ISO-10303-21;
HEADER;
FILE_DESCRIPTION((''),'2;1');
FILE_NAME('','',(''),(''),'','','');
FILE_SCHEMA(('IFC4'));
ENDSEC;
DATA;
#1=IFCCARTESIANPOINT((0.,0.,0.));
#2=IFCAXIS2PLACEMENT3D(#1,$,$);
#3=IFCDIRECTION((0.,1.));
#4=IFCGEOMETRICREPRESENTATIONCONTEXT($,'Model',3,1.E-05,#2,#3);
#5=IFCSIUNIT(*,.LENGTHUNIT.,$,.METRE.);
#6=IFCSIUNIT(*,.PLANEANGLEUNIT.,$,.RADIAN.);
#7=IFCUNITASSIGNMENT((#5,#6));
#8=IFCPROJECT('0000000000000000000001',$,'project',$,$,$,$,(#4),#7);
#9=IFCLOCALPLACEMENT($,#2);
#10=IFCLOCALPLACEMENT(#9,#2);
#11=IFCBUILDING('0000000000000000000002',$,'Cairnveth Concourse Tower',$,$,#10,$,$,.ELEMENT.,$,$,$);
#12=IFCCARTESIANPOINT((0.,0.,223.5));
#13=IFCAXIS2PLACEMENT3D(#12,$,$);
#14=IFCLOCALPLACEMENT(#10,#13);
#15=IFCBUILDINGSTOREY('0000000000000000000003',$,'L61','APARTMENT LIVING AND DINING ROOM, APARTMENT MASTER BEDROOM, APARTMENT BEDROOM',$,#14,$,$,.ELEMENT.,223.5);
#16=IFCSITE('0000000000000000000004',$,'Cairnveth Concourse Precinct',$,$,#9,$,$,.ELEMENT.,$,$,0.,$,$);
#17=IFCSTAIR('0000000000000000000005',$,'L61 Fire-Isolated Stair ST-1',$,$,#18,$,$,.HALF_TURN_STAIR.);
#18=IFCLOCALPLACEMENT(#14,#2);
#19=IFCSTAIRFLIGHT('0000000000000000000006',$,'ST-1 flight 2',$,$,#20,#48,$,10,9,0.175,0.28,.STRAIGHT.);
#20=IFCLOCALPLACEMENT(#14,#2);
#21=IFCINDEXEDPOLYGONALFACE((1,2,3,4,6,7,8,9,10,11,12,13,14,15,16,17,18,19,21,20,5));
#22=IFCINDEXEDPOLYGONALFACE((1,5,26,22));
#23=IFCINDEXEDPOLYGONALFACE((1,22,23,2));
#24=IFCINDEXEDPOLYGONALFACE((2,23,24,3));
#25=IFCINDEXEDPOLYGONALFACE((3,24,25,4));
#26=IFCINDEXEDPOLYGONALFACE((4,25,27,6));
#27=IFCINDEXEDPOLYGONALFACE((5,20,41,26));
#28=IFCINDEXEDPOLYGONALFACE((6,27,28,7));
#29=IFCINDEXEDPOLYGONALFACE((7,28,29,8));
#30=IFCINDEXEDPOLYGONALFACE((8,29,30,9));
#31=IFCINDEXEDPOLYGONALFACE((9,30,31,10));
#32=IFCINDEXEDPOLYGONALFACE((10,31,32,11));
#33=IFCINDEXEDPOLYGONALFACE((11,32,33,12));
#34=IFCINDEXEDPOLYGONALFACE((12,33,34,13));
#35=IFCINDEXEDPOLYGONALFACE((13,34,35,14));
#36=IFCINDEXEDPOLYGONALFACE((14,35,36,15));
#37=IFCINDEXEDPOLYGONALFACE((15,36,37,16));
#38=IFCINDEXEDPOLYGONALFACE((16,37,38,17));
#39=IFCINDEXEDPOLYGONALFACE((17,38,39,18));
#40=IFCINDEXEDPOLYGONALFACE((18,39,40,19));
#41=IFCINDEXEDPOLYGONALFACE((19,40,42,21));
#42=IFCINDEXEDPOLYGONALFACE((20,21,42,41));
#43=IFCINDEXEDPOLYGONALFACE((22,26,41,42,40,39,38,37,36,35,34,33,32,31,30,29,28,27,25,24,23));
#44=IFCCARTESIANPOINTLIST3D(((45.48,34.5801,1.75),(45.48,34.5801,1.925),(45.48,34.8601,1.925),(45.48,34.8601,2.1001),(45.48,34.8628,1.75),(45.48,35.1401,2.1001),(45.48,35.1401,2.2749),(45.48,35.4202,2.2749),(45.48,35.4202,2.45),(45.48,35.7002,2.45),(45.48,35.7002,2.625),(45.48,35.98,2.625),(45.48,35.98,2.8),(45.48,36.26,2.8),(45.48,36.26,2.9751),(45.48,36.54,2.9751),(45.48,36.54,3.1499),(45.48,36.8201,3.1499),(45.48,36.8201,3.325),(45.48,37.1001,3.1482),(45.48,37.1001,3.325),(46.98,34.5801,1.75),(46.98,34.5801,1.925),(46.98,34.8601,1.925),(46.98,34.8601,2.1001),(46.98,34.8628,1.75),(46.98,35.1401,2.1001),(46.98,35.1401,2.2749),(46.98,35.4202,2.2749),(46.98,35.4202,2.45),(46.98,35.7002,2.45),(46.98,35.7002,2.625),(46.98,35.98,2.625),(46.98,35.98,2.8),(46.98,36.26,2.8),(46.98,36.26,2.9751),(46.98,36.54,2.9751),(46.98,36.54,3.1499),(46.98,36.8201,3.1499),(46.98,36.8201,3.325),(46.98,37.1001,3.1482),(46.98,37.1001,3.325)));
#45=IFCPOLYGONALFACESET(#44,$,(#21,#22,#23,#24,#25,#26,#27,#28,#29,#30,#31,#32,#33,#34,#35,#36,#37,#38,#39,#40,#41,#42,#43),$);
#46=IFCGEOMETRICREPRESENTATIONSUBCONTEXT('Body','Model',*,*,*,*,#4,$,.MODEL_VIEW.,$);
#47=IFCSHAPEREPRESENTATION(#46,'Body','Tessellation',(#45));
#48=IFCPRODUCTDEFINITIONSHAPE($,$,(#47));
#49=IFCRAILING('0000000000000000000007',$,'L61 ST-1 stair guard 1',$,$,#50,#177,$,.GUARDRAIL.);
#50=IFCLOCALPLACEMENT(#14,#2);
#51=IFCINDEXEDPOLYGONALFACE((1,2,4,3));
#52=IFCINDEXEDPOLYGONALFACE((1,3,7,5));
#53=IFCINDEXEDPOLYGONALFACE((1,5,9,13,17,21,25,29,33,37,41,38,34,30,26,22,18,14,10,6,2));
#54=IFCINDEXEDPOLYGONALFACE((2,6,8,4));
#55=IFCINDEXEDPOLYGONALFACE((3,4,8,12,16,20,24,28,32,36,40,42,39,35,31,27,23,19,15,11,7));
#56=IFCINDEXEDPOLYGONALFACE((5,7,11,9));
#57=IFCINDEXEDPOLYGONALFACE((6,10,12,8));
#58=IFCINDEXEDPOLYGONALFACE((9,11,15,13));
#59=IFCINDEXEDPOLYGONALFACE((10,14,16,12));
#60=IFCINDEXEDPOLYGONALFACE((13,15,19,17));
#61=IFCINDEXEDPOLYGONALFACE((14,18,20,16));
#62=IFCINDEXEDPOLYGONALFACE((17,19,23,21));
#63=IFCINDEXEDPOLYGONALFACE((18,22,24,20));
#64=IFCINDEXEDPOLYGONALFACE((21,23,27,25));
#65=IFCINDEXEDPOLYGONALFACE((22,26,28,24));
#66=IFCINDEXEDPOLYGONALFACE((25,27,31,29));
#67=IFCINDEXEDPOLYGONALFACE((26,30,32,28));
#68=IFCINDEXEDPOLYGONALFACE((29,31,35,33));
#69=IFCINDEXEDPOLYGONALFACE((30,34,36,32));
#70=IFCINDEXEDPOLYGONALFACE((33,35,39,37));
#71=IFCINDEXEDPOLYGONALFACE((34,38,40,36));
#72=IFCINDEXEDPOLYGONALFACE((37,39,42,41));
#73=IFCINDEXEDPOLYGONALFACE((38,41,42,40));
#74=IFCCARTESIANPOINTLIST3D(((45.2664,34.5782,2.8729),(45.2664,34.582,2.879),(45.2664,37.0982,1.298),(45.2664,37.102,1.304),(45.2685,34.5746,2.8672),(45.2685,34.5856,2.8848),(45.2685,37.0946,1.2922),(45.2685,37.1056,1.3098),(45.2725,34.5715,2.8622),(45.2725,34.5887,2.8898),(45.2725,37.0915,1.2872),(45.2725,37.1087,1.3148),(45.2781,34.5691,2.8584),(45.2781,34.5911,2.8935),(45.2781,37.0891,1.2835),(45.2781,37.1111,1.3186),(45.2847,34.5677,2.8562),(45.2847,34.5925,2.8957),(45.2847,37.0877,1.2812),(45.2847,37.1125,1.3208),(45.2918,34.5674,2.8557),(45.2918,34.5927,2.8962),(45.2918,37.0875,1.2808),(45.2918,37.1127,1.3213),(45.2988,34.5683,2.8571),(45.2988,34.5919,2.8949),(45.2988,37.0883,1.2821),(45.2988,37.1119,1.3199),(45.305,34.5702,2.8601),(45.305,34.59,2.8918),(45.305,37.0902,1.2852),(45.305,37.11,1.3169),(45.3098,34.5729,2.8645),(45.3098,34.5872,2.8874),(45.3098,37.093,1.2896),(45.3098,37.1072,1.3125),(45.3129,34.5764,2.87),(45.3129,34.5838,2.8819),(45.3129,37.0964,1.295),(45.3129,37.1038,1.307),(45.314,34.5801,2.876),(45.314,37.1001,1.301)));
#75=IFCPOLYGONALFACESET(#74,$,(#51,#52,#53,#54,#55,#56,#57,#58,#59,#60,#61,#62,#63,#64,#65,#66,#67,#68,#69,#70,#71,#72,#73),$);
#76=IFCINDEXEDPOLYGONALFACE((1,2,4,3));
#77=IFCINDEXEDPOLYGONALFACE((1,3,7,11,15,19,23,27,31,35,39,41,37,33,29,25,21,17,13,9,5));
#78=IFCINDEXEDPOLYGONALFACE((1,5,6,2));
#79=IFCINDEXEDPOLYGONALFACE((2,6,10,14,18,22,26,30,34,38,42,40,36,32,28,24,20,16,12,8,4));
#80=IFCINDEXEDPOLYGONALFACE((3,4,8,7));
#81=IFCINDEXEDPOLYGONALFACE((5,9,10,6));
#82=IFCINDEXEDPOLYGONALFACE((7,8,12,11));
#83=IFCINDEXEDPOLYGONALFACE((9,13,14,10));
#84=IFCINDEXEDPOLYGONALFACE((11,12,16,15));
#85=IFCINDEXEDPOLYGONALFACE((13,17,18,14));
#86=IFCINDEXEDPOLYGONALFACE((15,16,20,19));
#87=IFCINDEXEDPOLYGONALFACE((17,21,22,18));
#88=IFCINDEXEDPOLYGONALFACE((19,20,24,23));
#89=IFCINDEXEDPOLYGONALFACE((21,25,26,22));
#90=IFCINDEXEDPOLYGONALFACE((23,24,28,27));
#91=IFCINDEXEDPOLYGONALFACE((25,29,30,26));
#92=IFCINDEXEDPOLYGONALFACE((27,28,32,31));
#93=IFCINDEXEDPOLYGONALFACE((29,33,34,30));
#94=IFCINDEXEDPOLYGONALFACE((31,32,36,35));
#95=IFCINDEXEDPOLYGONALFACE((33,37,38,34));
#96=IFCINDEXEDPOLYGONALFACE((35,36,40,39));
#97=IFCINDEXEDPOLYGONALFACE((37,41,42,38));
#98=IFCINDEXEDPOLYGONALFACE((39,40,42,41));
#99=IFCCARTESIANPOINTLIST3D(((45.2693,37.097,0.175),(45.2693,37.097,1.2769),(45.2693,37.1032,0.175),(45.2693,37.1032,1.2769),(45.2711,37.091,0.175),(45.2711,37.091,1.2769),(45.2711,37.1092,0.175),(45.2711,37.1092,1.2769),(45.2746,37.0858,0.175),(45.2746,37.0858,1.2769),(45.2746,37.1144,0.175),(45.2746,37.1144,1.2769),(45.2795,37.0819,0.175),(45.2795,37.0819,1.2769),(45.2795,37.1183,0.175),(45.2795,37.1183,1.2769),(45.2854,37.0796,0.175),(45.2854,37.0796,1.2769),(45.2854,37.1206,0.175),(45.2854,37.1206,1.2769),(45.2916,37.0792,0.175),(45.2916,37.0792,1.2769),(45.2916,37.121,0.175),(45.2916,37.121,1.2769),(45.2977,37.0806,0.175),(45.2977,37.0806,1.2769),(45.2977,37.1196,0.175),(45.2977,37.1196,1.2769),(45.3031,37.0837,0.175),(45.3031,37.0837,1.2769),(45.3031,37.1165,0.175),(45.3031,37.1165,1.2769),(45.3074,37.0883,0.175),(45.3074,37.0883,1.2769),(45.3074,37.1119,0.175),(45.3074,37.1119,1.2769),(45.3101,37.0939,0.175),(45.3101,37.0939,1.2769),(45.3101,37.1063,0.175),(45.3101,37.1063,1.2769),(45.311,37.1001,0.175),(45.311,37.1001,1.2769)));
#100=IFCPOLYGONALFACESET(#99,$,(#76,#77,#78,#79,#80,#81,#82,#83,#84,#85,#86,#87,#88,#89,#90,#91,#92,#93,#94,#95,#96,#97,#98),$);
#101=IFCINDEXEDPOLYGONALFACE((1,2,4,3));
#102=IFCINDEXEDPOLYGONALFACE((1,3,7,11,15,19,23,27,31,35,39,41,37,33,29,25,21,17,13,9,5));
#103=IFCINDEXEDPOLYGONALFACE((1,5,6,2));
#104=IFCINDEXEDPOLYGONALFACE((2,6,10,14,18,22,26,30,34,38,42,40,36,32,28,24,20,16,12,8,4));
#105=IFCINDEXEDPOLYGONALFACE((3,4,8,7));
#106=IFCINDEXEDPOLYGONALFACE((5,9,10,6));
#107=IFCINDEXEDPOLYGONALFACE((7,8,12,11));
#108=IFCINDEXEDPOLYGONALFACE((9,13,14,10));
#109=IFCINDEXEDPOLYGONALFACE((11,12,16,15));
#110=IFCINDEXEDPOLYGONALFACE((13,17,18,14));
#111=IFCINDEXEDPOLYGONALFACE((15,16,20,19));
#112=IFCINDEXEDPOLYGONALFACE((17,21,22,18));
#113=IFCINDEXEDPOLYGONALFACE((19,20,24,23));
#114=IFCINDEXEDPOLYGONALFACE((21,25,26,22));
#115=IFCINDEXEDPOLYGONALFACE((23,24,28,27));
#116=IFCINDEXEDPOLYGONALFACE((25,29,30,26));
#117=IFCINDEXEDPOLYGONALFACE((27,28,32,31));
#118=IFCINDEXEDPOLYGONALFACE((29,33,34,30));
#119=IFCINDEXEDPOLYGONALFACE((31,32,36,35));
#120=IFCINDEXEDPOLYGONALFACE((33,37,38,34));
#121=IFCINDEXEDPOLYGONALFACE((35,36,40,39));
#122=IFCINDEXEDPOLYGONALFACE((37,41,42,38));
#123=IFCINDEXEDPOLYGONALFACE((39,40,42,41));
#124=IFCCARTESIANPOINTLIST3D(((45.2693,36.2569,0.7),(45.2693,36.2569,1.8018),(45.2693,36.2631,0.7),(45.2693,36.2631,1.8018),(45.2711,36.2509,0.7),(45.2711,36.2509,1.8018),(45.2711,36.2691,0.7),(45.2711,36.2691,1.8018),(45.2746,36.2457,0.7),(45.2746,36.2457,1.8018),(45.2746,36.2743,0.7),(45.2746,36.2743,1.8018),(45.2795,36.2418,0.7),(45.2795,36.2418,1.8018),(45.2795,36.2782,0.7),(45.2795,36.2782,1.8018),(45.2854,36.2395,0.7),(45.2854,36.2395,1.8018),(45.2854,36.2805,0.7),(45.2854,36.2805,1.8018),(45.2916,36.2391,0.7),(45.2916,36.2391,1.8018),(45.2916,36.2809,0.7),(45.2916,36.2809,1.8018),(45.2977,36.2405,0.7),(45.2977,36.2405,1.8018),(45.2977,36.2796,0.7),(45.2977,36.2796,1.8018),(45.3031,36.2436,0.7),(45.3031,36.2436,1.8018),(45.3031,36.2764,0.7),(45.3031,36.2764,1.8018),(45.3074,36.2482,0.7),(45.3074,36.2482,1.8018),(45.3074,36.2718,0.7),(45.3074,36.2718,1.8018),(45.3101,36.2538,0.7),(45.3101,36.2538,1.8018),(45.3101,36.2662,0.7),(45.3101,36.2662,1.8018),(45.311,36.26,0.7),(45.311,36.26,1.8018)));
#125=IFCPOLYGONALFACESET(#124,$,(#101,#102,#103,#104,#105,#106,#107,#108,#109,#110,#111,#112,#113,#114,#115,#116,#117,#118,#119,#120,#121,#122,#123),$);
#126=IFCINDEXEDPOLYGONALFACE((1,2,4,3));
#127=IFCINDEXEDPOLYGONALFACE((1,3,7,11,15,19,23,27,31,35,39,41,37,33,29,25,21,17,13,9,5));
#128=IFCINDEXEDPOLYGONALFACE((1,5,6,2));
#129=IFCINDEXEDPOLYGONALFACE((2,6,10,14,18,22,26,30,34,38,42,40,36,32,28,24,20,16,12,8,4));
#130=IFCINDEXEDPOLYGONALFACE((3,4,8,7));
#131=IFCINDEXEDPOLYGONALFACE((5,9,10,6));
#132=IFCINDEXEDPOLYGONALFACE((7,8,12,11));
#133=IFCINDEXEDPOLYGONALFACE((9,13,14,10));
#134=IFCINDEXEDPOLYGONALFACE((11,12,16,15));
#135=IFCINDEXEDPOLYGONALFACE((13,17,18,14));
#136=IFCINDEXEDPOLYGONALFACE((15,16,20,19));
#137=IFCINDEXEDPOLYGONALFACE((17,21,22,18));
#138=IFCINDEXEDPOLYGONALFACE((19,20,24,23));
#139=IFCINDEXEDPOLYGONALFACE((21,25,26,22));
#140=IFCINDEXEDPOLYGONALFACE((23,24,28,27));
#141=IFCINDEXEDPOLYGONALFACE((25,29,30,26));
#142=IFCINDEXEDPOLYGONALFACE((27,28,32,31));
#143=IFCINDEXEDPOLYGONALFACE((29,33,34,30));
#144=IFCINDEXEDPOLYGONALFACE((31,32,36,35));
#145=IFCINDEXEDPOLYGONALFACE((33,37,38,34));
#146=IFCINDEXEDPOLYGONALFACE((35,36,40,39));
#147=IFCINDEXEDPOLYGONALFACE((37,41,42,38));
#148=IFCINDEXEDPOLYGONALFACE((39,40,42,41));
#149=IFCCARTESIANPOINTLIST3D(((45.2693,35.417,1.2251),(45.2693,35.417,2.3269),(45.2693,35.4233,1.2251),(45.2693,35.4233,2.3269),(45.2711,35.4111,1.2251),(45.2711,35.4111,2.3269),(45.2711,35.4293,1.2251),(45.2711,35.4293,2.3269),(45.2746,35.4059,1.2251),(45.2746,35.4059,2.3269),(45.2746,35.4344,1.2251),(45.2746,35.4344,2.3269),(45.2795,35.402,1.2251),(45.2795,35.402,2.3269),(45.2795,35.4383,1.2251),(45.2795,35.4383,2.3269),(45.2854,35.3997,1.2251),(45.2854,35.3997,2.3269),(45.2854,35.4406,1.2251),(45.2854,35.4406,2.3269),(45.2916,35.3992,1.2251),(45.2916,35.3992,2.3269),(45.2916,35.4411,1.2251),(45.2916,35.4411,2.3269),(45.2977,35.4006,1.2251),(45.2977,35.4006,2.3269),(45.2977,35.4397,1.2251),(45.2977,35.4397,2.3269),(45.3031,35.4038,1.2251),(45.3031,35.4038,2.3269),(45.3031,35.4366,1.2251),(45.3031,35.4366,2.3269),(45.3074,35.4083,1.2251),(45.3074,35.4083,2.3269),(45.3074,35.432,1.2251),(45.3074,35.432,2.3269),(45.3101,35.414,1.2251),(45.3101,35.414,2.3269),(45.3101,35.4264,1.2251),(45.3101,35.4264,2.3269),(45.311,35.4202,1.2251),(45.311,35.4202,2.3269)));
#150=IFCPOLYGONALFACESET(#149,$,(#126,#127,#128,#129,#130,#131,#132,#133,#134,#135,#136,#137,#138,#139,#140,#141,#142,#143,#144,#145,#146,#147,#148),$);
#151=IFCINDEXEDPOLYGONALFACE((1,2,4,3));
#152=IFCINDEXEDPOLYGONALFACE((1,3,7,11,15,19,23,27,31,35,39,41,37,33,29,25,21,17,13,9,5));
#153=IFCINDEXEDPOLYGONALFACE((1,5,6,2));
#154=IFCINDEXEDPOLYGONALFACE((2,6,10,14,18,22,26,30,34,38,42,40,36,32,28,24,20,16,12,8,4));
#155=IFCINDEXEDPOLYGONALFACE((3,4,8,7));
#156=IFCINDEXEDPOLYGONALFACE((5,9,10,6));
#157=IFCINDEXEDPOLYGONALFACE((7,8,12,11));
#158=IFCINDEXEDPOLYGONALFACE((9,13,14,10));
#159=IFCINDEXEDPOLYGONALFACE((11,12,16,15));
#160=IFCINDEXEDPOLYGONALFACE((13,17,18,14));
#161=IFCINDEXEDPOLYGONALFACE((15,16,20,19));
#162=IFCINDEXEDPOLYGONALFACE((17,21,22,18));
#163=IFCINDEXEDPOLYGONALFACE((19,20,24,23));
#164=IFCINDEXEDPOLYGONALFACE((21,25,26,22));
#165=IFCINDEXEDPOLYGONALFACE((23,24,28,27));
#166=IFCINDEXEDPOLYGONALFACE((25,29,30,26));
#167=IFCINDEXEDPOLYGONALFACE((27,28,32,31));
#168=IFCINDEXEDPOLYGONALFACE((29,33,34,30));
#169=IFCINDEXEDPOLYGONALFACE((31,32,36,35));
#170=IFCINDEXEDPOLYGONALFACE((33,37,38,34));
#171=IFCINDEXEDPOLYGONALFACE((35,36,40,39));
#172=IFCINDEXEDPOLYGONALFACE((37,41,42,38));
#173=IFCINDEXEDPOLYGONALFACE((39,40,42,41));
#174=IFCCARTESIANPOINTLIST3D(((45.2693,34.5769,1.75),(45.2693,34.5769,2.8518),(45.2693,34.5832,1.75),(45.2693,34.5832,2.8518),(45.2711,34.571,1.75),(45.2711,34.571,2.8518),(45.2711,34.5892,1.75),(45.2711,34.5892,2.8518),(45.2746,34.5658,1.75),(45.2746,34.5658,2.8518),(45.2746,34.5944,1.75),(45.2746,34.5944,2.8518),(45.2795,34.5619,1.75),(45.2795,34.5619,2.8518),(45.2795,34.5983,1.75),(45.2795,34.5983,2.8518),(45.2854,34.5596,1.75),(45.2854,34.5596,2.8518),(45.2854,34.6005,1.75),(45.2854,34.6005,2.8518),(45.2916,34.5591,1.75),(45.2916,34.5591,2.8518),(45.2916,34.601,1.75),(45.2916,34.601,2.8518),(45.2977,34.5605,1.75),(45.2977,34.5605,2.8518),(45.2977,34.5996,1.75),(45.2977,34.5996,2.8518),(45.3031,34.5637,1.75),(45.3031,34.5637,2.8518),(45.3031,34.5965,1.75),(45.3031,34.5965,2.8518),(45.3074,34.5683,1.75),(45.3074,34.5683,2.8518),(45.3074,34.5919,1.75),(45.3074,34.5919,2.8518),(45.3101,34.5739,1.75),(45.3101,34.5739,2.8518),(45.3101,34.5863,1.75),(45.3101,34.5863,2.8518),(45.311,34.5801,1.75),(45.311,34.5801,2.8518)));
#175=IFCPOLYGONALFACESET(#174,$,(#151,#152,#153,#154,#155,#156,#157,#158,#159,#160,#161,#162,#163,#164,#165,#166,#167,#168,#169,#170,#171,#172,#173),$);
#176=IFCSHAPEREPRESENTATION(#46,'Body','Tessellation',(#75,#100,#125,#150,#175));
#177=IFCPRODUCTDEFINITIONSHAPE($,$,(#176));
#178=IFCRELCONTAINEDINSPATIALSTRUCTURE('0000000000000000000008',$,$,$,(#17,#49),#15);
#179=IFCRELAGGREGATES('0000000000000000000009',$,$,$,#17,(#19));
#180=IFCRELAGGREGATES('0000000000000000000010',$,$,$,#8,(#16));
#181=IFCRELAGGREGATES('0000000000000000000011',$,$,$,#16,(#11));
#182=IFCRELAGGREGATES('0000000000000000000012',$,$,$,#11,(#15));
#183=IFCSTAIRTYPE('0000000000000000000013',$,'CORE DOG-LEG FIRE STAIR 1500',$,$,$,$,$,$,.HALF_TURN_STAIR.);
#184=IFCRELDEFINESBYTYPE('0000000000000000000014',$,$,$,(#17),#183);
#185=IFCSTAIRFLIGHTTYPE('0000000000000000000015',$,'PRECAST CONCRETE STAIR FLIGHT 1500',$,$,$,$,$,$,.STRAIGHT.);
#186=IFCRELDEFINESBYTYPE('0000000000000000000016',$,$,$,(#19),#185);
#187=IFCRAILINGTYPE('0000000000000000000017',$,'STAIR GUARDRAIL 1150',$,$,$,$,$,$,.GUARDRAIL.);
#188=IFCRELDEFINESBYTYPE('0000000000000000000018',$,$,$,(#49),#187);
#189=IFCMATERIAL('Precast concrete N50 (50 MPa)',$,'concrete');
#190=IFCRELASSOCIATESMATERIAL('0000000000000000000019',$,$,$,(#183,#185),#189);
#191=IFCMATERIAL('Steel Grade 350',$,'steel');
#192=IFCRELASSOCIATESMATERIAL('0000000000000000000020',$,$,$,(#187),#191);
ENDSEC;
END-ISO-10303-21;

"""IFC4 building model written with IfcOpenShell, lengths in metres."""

from ifc_helpers import new_model, si_unit, direction, frame, origin, origin_2d, place, context, subcontext, project, spatial, polyline, circle, outline, extrude, material, type_object, element, aggregate, save


model = new_model("IFC4")

# Units and contexts
model_context = context("Model", 3, precision=1e-05, world=origin(), true_north=direction((0.0, 1.0)))
body_context = subcontext(model_context, "Body", "Model", "MODEL_VIEW")
ifc_project = project(units=[si_unit("LENGTHUNIT", "METRE"), si_unit("PLANEANGLEUNIT", "RADIAN")], contexts=[model_context])

# Site, building, storey
site_placement = place(None, origin())
site = spatial("IfcSite", under=ifc_project, at=site_placement, Name="Cairnveth Concourse Precinct", CompositionType="ELEMENT", RefElevation=0.0)
building_placement = place(site_placement, origin())
building = spatial("IfcBuilding", under=site, at=building_placement, Name="Cairnveth Concourse Tower", CompositionType="ELEMENT")
storey_placement = place(building_placement, frame((0.0, 0.0, 223.5)))
storey = spatial("IfcBuildingStorey", under=building, at=storey_placement, Name="L61", Description="APARTMENT LIVING AND DINING ROOM, APARTMENT MASTER BEDROOM, APARTMENT BEDROOM", CompositionType="ELEMENT", Elevation=223.5)

# Shared definitions
ifc_material_1 = material(Name="Steel Grade 350", Category="steel")

# Stair, stair flight
ifc_material_2 = material(Name="Precast concrete N50 (50 MPa)", Category="concrete")
stair_type = type_object("IfcStairType", Name="CORE DOG-LEG FIRE STAIR 1500", PredefinedType="HALF_TURN_STAIR", material=ifc_material_2)
stair_placement = place(storey_placement, origin())
stair = element("IfcStair", 1, at=stair_placement, inside=storey, type_object=stair_type, Name="L61 Fire-Isolated Stair ST-1", PredefinedType="HALF_TURN_STAIR")
stair_flight_type = type_object("IfcStairFlightType", Name="PRECAST CONCRETE STAIR FLIGHT 1500", PredefinedType="STRAIGHT", material=ifc_material_2)
stair_flight_1_placement = place(storey_placement, frame((46.23, 34.5801, 1.75), z_axis=(0.0, 0.0, 1.0), x_axis=(0.0, 1.0, 0.0)))
stair_flight_1 = element("IfcStairFlight", 2, at=stair_flight_1_placement, type_object=stair_flight_type, Name="ST-1 flight 2", NumberOfRisers=10, NumberOfTreads=9, PredefinedType="STRAIGHT", RiserHeight=0.175, TreadLength=0.28, context=body_context, shape_type="SweptSolid", body=[
    extrude(outline(polyline([(0.0, 0.0), (0.0, 0.175), (0.28, 0.175), (0.28, 0.3501), (0.5601, 0.3501), (0.5601, 0.5249), (0.8401, 0.5249), (0.8401, 0.7), (1.1201, 0.7), (1.1201, 0.875), (1.3999, 0.875), (1.3999, 1.05), (1.6799, 1.05), (1.6799, 1.2251), (1.96, 1.2251), (1.96, 1.3999), (2.24, 1.3999), (2.24, 1.575), (2.52, 1.575), (2.52, 1.75), (2.52, 1.3982), (0.2827, 0.0), (0.0, 0.0)])), frame((0.0, 0.75, 0.0), z_axis=(0.0, -1.0, 0.0), x_axis=(1.0, 0.0, 0.0)), (0.0, 0.0, 1.0), 1.5),
])
aggregate(stair, [stair_flight_1])

# Railing
railing_type_1 = type_object("IfcRailingType", Name="STAIR GUARDRAIL 1150", PredefinedType="GUARDRAIL", material=ifc_material_1)
railing_1_placement = place(storey_placement, frame((45.29, 37.1001, 0.175)))
element("IfcRailing", 3, at=railing_1_placement, inside=storey, type_object=railing_type_1, Name="L61 ST-1 stair guard 1", PredefinedType="GUARDRAIL", context=body_context, shape_type="SweptSolid", body=[
    extrude(circle(Radius=0.0239, at=origin_2d()), frame((0.0, 0.0, 1.126), z_axis=(0.0, -0.848008, 0.529984), x_axis=(1.0, 0.0, 0.0)), (0.0, 0.0, 1.0), 2.9717),
    extrude(circle(Radius=0.021, at=origin_2d()), origin(), (0.0, 0.0, 1.0), 1.1018),
    extrude(circle(Radius=0.021, at=origin_2d()), frame((0.0, -0.8401, 0.5249)), (0.0, 0.0, 1.0), 1.1018),
    extrude(circle(Radius=0.021, at=origin_2d()), frame((0.0, -1.6799, 1.05)), (0.0, 0.0, 1.0), 1.1018),
    extrude(circle(Radius=0.021, at=origin_2d()), frame((0.0, -2.52, 1.575)), (0.0, 0.0, 1.0), 1.1018),
])

save(model, "model.ifc")
